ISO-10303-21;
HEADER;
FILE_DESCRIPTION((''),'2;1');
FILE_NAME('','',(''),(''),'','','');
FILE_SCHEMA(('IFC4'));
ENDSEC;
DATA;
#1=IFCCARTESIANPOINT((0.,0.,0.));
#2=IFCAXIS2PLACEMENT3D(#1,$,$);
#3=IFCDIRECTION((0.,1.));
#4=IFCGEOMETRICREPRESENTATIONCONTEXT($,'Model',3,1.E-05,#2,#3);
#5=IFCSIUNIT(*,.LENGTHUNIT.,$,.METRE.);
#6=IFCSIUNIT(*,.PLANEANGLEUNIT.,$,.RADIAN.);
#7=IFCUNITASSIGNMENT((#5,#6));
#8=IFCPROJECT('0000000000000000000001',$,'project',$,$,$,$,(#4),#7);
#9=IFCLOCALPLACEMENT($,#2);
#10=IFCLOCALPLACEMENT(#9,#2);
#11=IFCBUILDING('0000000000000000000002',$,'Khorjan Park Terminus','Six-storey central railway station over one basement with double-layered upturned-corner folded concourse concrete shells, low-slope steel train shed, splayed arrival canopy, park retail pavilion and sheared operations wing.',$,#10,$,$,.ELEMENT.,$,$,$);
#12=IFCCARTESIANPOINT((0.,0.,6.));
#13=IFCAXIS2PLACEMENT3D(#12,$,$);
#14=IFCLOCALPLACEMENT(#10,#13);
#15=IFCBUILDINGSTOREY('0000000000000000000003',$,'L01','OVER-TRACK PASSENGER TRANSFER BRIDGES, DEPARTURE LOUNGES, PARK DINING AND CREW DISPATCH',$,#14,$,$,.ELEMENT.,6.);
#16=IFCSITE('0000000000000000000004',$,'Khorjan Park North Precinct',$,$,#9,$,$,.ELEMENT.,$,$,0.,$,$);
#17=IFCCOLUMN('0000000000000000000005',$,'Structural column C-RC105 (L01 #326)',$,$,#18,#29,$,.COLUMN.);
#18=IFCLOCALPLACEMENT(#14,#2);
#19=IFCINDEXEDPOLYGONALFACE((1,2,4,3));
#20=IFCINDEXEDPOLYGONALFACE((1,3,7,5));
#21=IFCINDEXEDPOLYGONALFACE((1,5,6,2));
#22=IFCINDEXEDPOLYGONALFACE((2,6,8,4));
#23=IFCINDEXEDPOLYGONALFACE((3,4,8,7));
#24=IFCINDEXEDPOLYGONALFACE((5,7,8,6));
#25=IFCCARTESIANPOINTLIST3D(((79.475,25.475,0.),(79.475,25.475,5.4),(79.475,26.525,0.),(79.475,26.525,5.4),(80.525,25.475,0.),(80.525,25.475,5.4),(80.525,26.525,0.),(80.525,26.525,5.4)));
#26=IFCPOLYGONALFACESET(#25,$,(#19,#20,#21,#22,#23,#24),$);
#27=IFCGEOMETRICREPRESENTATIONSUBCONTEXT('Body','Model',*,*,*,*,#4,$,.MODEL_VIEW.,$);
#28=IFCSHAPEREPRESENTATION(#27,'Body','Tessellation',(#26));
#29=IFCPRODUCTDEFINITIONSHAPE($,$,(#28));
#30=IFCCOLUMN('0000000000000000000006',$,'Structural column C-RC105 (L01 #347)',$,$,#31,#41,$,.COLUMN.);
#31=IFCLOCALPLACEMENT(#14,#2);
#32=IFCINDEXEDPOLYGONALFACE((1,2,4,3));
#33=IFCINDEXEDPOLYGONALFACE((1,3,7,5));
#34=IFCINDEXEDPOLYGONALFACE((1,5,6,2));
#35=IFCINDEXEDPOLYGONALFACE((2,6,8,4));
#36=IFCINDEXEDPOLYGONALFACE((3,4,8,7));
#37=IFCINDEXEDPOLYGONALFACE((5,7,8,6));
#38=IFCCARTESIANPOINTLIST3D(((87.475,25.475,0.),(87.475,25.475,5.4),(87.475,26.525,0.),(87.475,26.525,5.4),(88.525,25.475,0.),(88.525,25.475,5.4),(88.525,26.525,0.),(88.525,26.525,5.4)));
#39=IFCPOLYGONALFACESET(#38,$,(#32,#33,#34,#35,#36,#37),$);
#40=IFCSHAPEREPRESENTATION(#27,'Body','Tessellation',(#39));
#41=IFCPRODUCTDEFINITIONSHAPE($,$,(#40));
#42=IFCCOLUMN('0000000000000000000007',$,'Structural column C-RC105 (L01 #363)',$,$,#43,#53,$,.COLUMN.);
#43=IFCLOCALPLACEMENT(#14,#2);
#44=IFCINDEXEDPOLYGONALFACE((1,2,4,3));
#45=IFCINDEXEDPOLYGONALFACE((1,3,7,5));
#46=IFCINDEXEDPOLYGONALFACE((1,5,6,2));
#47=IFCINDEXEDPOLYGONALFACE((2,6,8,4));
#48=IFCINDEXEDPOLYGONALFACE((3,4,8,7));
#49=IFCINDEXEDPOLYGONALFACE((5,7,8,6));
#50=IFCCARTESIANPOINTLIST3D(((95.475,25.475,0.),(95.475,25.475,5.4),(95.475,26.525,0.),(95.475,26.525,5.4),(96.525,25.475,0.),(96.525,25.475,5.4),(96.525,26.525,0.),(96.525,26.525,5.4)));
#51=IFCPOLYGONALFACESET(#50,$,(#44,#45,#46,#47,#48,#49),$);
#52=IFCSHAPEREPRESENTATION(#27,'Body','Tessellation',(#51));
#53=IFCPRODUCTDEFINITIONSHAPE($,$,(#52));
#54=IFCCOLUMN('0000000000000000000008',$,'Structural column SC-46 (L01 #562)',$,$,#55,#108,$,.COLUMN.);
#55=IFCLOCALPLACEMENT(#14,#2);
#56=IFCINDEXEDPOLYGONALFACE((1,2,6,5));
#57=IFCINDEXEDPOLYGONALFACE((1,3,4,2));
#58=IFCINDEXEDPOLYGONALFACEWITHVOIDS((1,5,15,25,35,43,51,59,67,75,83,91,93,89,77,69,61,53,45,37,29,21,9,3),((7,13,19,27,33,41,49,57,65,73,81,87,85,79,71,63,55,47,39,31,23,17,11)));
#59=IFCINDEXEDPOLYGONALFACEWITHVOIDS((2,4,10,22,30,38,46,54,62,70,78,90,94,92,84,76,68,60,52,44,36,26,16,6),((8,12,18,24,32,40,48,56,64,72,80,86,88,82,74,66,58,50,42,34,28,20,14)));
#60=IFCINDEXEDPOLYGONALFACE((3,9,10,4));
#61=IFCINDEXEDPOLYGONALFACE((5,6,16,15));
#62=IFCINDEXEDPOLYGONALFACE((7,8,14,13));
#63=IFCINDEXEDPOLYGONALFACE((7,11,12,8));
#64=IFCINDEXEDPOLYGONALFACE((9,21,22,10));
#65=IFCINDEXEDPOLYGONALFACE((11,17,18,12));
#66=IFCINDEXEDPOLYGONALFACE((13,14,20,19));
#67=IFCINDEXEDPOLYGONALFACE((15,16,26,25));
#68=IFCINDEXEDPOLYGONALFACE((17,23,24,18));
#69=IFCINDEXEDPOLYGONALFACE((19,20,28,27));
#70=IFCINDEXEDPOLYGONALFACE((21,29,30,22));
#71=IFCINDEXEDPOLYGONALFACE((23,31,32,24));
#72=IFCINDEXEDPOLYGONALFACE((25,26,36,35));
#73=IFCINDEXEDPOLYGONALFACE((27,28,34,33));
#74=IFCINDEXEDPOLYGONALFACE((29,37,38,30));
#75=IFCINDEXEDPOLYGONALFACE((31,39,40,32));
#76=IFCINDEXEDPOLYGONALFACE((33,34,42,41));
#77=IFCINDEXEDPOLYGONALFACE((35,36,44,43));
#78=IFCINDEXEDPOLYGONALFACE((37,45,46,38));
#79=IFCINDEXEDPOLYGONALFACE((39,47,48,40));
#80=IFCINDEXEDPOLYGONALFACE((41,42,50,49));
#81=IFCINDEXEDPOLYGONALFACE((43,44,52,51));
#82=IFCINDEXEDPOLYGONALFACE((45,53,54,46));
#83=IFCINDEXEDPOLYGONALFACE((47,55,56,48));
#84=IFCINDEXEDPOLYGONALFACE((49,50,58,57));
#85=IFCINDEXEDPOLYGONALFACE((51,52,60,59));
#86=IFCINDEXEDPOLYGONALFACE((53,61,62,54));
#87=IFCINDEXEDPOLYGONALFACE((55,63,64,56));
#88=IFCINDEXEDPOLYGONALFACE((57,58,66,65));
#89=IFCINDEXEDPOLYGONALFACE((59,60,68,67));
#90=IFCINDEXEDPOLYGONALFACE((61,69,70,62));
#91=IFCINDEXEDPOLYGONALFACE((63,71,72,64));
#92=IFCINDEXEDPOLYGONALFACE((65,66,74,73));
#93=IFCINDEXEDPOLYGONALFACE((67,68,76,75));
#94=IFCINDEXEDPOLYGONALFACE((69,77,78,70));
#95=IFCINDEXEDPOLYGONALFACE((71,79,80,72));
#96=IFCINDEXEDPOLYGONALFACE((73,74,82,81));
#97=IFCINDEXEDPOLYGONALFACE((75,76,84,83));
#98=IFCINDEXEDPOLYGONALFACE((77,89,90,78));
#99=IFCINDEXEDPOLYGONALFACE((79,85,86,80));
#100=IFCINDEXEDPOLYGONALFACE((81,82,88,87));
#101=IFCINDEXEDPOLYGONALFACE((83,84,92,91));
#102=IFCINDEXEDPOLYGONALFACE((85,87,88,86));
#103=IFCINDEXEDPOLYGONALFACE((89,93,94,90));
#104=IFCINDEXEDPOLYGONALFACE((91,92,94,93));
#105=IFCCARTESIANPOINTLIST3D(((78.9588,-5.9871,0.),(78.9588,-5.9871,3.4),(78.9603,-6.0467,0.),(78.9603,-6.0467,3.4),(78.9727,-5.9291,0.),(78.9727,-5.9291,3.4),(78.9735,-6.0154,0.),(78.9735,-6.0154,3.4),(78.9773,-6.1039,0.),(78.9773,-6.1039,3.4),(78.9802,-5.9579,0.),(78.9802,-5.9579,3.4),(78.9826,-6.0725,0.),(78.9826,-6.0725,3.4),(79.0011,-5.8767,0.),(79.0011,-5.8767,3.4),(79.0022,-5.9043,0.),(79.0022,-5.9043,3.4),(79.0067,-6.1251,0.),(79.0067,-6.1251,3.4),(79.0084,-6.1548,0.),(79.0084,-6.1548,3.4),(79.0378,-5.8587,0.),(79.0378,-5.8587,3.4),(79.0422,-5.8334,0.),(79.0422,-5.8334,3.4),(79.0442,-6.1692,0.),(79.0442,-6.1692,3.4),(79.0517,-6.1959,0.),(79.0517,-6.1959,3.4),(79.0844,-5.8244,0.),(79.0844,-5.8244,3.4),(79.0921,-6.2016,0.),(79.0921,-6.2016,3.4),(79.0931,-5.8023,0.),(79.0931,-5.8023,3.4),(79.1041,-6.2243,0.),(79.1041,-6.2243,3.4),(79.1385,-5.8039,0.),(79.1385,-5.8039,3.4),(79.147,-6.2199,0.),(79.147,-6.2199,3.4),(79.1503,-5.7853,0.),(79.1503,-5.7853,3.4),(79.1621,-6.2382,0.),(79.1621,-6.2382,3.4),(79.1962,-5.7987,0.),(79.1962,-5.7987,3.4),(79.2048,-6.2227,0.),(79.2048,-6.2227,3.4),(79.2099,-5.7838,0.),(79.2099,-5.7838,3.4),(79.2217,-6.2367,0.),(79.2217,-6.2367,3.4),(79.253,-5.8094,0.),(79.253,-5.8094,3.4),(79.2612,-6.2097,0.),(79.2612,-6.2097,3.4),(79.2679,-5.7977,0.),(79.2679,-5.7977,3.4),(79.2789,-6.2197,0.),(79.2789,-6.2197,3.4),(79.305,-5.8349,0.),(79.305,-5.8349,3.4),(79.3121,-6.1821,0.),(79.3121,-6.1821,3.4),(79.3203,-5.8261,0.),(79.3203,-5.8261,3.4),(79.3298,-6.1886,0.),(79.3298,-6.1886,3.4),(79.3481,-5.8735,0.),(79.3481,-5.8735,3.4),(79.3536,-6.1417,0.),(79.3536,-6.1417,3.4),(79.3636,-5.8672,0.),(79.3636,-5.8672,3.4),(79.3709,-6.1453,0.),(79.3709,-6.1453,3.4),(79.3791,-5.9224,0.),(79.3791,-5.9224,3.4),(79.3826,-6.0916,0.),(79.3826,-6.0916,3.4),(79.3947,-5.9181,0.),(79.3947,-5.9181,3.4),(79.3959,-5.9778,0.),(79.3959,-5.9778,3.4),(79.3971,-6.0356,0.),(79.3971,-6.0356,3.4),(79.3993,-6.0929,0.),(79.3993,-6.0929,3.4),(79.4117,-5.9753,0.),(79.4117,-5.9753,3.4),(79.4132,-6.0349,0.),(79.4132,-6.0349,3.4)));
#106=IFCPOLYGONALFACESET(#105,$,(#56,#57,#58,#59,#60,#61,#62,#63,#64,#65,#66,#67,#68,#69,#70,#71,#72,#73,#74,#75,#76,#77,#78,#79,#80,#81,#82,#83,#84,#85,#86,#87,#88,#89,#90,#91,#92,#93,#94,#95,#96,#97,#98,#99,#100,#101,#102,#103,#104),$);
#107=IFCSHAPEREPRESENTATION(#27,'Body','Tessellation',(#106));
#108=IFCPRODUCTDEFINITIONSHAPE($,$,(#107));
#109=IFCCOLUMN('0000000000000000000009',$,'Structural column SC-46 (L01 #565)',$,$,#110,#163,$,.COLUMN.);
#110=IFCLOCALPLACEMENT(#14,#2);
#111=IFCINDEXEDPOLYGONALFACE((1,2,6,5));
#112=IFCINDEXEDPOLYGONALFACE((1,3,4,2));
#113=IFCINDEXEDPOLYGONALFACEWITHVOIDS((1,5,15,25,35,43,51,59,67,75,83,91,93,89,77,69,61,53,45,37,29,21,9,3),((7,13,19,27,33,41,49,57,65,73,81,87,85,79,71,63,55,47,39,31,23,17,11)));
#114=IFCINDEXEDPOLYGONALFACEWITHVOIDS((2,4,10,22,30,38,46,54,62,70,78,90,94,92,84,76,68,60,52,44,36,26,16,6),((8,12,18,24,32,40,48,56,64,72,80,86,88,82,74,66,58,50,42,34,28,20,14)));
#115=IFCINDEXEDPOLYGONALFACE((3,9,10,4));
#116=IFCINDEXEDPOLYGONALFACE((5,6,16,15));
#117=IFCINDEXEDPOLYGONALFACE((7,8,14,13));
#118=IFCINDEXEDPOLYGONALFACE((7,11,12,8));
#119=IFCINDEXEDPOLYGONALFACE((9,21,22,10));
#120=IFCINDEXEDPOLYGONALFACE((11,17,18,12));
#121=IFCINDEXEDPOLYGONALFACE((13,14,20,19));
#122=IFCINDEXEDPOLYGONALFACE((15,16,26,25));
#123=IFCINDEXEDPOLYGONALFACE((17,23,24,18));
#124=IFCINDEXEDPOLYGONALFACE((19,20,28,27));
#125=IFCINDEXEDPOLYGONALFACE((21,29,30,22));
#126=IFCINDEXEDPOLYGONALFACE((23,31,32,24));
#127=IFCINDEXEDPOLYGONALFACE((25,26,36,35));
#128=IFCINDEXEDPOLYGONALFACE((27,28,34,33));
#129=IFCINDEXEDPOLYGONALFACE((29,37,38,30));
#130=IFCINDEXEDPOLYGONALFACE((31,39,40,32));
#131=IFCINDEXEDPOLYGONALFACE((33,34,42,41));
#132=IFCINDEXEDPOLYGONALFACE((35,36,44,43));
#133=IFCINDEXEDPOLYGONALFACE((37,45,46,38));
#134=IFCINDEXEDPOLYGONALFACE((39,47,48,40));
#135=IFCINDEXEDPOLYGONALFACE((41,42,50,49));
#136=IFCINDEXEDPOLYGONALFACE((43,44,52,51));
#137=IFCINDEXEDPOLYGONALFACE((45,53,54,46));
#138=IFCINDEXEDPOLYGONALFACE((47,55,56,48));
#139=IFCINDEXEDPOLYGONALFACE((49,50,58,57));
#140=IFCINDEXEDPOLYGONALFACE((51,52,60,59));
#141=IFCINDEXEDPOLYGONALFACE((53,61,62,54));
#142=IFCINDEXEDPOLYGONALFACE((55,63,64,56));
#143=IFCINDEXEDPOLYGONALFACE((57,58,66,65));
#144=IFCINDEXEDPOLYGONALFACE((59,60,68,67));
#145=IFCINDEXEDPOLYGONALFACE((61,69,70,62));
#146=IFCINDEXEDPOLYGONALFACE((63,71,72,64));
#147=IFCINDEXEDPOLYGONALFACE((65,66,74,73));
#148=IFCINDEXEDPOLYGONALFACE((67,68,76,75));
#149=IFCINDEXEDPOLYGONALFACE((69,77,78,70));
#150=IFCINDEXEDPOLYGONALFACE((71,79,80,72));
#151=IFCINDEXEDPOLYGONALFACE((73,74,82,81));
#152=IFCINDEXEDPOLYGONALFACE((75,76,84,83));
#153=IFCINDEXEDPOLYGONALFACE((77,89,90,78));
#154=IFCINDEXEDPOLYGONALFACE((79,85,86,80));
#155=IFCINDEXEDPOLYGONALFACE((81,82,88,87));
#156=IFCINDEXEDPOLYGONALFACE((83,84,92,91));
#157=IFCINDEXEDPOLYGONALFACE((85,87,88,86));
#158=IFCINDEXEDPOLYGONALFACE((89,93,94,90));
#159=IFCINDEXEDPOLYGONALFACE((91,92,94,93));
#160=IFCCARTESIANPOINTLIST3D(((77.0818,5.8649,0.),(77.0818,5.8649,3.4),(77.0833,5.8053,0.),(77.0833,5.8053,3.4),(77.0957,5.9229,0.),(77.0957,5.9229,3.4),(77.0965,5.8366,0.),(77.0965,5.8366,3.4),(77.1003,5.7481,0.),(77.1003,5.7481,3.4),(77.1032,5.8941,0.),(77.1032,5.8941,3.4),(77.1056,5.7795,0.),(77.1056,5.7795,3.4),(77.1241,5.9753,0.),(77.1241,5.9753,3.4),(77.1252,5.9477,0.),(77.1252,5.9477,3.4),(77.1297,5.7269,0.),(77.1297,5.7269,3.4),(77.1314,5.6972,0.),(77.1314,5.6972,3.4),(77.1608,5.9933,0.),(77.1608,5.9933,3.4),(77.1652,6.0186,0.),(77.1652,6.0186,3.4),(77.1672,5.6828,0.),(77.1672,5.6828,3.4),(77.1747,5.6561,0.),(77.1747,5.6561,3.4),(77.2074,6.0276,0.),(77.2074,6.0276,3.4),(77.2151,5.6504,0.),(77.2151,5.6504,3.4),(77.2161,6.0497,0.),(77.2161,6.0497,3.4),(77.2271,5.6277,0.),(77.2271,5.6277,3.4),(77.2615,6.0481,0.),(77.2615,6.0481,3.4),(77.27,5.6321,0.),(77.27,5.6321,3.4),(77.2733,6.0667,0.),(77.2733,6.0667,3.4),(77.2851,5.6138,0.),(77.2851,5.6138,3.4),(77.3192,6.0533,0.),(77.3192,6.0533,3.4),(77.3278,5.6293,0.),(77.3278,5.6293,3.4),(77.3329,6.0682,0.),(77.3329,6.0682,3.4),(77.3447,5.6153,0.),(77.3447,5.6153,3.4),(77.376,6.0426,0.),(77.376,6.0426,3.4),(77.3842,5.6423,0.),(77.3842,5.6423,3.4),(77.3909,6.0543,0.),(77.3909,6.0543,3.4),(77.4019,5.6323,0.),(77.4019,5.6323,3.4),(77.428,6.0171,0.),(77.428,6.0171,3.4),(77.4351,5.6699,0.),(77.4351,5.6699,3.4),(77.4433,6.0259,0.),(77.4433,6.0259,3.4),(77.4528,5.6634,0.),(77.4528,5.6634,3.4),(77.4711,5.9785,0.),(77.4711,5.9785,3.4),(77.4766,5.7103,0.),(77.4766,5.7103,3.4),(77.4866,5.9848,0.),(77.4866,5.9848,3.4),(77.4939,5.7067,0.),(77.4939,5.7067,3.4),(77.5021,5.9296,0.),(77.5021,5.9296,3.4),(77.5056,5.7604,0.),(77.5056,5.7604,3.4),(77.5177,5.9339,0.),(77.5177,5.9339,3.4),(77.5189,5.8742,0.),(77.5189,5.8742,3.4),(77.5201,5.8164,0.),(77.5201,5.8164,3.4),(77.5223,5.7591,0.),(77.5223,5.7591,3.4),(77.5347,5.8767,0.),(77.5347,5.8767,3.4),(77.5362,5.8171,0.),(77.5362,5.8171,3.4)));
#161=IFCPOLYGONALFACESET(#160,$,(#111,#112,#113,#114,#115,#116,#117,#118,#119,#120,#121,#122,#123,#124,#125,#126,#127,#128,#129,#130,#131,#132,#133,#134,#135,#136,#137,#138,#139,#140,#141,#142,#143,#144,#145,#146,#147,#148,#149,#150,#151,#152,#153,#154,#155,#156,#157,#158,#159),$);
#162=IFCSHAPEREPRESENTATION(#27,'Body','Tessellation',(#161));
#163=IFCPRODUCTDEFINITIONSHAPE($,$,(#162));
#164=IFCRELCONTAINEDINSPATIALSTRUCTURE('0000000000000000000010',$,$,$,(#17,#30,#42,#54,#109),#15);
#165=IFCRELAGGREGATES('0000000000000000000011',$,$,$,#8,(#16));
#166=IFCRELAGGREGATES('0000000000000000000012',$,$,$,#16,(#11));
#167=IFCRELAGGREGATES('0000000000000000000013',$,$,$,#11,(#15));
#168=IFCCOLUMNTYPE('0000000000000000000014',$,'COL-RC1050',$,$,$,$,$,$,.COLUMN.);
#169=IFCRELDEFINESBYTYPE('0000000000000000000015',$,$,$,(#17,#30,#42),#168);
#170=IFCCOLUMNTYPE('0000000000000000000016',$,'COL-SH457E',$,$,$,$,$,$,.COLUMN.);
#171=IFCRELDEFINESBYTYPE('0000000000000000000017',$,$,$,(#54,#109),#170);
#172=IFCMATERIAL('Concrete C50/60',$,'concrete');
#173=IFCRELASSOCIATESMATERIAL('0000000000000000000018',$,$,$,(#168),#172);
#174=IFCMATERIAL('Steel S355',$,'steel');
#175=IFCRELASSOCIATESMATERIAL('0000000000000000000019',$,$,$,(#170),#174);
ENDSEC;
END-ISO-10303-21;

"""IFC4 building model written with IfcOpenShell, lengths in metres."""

from ifc_helpers import new_model, si_unit, direction, frame, origin, origin_2d, place, context, subcontext, project, spatial, rectangle, hollow_circle, extrude, material, material_profile, profile_set, type_object, element, save


model = new_model("IFC4")

# Units and contexts
model_context = context("Model", 3, precision=1e-05, world=origin(), true_north=direction((0.0, 1.0)))
body_context = subcontext(model_context, "Body", "Model", "MODEL_VIEW")
ifc_project = project(units=[si_unit("LENGTHUNIT", "METRE"), si_unit("PLANEANGLEUNIT", "RADIAN")], contexts=[model_context])

# Site, building, storey
site_placement = place(None, origin())
site = spatial("IfcSite", under=ifc_project, at=site_placement, Name="Khorjan Park North Precinct", CompositionType="ELEMENT", RefElevation=0.0)
building_placement = place(site_placement, origin())
building = spatial("IfcBuilding", under=site, at=building_placement, Name="Khorjan Park Terminus", Description="Six-storey central railway station over one basement with double-layered upturned-corner folded concourse concrete shells, low-slope steel train shed, splayed arrival canopy, park retail pavilion and sheared operations wing.", CompositionType="ELEMENT")
storey_placement = place(building_placement, frame((0.0, 0.0, 6.0)))
storey = spatial("IfcBuildingStorey", under=building, at=storey_placement, Name="L01", Description="OVER-TRACK PASSENGER TRANSFER BRIDGES, DEPARTURE LOUNGES, PARK DINING AND CREW DISPATCH", CompositionType="ELEMENT", Elevation=6.0)

# Columns
ifc_material_1 = material(Name="Concrete C50/60", Category="concrete")
ifc_material_profile_1 = material_profile(ifc_material_1, rectangle(XDim=1.05, YDim=1.05, at=origin_2d()), Name="RC 1050x1050")
ifc_profile_set_1 = profile_set([ifc_material_profile_1], Name="Concrete C50/60")
column_type_1 = type_object("IfcColumnType", Name="COL-RC1050", PredefinedType="COLUMN", material=ifc_profile_set_1)
for number, where, z_axis, x_axis, name in (
    (1, (80.0, 26.0, 0.0), (0.0, 0.0, 1.0), (1.0, 0.0, 0.0), "Structural column C-RC105 (L01 #326)"),
    (2, (88.0, 26.0, 0.0), (0.0, 0.0, 1.0), (1.0, 0.0, 0.0), "Structural column C-RC105 (L01 #347)"),
    (3, (96.0, 26.0, 0.0), (0.0, 0.0, 1.0), (1.0, 0.0, 0.0), "Structural column C-RC105 (L01 #363)"),
):
    element("IfcColumn", number, at=place(storey_placement, frame(where, z_axis=z_axis, x_axis=x_axis)), inside=storey, type_object=column_type_1, Name=name, PredefinedType="COLUMN", context=body_context, shape_type="SweptSolid", body=[
        extrude(rectangle(XDim=1.05, YDim=1.05, at=origin_2d()), origin(), (0.0, 0.0, 1.0), 5.4),
    ])
ifc_material_2 = material(Name="Steel S355", Category="steel")
ifc_material_profile_2 = material_profile(ifc_material_2, hollow_circle(Radius=0.2285, WallThickness=0.016, at=origin_2d()), Name="CHS 457x16")
ifc_profile_set_2 = profile_set([ifc_material_profile_2], Name="Steel S355")
column_type_2 = type_object("IfcColumnType", Name="COL-SH457E", PredefinedType="COLUMN", material=ifc_profile_set_2)
for number, where, z_axis, x_axis, name in (
    (4, (79.186, -6.011, 0.0), (0.0, 0.0, 1.0), (0.987688, 0.156434, 0.0), "Structural column SC-46 (L01 #562)"),
    (5, (77.309, 5.841, 0.0), (0.0, 0.0, 1.0), (0.987688, 0.156434, 0.0), "Structural column SC-46 (L01 #565)"),
):
    element("IfcColumn", number, at=place(storey_placement, frame(where, z_axis=z_axis, x_axis=x_axis)), inside=storey, type_object=column_type_2, Name=name, PredefinedType="COLUMN", context=body_context, shape_type="SweptSolid", body=[
        extrude(hollow_circle(Radius=0.2285, WallThickness=0.016, at=origin_2d()), origin(), (0.0, 0.0, 1.0), 3.4),
    ])

save(model, "model.ifc")
